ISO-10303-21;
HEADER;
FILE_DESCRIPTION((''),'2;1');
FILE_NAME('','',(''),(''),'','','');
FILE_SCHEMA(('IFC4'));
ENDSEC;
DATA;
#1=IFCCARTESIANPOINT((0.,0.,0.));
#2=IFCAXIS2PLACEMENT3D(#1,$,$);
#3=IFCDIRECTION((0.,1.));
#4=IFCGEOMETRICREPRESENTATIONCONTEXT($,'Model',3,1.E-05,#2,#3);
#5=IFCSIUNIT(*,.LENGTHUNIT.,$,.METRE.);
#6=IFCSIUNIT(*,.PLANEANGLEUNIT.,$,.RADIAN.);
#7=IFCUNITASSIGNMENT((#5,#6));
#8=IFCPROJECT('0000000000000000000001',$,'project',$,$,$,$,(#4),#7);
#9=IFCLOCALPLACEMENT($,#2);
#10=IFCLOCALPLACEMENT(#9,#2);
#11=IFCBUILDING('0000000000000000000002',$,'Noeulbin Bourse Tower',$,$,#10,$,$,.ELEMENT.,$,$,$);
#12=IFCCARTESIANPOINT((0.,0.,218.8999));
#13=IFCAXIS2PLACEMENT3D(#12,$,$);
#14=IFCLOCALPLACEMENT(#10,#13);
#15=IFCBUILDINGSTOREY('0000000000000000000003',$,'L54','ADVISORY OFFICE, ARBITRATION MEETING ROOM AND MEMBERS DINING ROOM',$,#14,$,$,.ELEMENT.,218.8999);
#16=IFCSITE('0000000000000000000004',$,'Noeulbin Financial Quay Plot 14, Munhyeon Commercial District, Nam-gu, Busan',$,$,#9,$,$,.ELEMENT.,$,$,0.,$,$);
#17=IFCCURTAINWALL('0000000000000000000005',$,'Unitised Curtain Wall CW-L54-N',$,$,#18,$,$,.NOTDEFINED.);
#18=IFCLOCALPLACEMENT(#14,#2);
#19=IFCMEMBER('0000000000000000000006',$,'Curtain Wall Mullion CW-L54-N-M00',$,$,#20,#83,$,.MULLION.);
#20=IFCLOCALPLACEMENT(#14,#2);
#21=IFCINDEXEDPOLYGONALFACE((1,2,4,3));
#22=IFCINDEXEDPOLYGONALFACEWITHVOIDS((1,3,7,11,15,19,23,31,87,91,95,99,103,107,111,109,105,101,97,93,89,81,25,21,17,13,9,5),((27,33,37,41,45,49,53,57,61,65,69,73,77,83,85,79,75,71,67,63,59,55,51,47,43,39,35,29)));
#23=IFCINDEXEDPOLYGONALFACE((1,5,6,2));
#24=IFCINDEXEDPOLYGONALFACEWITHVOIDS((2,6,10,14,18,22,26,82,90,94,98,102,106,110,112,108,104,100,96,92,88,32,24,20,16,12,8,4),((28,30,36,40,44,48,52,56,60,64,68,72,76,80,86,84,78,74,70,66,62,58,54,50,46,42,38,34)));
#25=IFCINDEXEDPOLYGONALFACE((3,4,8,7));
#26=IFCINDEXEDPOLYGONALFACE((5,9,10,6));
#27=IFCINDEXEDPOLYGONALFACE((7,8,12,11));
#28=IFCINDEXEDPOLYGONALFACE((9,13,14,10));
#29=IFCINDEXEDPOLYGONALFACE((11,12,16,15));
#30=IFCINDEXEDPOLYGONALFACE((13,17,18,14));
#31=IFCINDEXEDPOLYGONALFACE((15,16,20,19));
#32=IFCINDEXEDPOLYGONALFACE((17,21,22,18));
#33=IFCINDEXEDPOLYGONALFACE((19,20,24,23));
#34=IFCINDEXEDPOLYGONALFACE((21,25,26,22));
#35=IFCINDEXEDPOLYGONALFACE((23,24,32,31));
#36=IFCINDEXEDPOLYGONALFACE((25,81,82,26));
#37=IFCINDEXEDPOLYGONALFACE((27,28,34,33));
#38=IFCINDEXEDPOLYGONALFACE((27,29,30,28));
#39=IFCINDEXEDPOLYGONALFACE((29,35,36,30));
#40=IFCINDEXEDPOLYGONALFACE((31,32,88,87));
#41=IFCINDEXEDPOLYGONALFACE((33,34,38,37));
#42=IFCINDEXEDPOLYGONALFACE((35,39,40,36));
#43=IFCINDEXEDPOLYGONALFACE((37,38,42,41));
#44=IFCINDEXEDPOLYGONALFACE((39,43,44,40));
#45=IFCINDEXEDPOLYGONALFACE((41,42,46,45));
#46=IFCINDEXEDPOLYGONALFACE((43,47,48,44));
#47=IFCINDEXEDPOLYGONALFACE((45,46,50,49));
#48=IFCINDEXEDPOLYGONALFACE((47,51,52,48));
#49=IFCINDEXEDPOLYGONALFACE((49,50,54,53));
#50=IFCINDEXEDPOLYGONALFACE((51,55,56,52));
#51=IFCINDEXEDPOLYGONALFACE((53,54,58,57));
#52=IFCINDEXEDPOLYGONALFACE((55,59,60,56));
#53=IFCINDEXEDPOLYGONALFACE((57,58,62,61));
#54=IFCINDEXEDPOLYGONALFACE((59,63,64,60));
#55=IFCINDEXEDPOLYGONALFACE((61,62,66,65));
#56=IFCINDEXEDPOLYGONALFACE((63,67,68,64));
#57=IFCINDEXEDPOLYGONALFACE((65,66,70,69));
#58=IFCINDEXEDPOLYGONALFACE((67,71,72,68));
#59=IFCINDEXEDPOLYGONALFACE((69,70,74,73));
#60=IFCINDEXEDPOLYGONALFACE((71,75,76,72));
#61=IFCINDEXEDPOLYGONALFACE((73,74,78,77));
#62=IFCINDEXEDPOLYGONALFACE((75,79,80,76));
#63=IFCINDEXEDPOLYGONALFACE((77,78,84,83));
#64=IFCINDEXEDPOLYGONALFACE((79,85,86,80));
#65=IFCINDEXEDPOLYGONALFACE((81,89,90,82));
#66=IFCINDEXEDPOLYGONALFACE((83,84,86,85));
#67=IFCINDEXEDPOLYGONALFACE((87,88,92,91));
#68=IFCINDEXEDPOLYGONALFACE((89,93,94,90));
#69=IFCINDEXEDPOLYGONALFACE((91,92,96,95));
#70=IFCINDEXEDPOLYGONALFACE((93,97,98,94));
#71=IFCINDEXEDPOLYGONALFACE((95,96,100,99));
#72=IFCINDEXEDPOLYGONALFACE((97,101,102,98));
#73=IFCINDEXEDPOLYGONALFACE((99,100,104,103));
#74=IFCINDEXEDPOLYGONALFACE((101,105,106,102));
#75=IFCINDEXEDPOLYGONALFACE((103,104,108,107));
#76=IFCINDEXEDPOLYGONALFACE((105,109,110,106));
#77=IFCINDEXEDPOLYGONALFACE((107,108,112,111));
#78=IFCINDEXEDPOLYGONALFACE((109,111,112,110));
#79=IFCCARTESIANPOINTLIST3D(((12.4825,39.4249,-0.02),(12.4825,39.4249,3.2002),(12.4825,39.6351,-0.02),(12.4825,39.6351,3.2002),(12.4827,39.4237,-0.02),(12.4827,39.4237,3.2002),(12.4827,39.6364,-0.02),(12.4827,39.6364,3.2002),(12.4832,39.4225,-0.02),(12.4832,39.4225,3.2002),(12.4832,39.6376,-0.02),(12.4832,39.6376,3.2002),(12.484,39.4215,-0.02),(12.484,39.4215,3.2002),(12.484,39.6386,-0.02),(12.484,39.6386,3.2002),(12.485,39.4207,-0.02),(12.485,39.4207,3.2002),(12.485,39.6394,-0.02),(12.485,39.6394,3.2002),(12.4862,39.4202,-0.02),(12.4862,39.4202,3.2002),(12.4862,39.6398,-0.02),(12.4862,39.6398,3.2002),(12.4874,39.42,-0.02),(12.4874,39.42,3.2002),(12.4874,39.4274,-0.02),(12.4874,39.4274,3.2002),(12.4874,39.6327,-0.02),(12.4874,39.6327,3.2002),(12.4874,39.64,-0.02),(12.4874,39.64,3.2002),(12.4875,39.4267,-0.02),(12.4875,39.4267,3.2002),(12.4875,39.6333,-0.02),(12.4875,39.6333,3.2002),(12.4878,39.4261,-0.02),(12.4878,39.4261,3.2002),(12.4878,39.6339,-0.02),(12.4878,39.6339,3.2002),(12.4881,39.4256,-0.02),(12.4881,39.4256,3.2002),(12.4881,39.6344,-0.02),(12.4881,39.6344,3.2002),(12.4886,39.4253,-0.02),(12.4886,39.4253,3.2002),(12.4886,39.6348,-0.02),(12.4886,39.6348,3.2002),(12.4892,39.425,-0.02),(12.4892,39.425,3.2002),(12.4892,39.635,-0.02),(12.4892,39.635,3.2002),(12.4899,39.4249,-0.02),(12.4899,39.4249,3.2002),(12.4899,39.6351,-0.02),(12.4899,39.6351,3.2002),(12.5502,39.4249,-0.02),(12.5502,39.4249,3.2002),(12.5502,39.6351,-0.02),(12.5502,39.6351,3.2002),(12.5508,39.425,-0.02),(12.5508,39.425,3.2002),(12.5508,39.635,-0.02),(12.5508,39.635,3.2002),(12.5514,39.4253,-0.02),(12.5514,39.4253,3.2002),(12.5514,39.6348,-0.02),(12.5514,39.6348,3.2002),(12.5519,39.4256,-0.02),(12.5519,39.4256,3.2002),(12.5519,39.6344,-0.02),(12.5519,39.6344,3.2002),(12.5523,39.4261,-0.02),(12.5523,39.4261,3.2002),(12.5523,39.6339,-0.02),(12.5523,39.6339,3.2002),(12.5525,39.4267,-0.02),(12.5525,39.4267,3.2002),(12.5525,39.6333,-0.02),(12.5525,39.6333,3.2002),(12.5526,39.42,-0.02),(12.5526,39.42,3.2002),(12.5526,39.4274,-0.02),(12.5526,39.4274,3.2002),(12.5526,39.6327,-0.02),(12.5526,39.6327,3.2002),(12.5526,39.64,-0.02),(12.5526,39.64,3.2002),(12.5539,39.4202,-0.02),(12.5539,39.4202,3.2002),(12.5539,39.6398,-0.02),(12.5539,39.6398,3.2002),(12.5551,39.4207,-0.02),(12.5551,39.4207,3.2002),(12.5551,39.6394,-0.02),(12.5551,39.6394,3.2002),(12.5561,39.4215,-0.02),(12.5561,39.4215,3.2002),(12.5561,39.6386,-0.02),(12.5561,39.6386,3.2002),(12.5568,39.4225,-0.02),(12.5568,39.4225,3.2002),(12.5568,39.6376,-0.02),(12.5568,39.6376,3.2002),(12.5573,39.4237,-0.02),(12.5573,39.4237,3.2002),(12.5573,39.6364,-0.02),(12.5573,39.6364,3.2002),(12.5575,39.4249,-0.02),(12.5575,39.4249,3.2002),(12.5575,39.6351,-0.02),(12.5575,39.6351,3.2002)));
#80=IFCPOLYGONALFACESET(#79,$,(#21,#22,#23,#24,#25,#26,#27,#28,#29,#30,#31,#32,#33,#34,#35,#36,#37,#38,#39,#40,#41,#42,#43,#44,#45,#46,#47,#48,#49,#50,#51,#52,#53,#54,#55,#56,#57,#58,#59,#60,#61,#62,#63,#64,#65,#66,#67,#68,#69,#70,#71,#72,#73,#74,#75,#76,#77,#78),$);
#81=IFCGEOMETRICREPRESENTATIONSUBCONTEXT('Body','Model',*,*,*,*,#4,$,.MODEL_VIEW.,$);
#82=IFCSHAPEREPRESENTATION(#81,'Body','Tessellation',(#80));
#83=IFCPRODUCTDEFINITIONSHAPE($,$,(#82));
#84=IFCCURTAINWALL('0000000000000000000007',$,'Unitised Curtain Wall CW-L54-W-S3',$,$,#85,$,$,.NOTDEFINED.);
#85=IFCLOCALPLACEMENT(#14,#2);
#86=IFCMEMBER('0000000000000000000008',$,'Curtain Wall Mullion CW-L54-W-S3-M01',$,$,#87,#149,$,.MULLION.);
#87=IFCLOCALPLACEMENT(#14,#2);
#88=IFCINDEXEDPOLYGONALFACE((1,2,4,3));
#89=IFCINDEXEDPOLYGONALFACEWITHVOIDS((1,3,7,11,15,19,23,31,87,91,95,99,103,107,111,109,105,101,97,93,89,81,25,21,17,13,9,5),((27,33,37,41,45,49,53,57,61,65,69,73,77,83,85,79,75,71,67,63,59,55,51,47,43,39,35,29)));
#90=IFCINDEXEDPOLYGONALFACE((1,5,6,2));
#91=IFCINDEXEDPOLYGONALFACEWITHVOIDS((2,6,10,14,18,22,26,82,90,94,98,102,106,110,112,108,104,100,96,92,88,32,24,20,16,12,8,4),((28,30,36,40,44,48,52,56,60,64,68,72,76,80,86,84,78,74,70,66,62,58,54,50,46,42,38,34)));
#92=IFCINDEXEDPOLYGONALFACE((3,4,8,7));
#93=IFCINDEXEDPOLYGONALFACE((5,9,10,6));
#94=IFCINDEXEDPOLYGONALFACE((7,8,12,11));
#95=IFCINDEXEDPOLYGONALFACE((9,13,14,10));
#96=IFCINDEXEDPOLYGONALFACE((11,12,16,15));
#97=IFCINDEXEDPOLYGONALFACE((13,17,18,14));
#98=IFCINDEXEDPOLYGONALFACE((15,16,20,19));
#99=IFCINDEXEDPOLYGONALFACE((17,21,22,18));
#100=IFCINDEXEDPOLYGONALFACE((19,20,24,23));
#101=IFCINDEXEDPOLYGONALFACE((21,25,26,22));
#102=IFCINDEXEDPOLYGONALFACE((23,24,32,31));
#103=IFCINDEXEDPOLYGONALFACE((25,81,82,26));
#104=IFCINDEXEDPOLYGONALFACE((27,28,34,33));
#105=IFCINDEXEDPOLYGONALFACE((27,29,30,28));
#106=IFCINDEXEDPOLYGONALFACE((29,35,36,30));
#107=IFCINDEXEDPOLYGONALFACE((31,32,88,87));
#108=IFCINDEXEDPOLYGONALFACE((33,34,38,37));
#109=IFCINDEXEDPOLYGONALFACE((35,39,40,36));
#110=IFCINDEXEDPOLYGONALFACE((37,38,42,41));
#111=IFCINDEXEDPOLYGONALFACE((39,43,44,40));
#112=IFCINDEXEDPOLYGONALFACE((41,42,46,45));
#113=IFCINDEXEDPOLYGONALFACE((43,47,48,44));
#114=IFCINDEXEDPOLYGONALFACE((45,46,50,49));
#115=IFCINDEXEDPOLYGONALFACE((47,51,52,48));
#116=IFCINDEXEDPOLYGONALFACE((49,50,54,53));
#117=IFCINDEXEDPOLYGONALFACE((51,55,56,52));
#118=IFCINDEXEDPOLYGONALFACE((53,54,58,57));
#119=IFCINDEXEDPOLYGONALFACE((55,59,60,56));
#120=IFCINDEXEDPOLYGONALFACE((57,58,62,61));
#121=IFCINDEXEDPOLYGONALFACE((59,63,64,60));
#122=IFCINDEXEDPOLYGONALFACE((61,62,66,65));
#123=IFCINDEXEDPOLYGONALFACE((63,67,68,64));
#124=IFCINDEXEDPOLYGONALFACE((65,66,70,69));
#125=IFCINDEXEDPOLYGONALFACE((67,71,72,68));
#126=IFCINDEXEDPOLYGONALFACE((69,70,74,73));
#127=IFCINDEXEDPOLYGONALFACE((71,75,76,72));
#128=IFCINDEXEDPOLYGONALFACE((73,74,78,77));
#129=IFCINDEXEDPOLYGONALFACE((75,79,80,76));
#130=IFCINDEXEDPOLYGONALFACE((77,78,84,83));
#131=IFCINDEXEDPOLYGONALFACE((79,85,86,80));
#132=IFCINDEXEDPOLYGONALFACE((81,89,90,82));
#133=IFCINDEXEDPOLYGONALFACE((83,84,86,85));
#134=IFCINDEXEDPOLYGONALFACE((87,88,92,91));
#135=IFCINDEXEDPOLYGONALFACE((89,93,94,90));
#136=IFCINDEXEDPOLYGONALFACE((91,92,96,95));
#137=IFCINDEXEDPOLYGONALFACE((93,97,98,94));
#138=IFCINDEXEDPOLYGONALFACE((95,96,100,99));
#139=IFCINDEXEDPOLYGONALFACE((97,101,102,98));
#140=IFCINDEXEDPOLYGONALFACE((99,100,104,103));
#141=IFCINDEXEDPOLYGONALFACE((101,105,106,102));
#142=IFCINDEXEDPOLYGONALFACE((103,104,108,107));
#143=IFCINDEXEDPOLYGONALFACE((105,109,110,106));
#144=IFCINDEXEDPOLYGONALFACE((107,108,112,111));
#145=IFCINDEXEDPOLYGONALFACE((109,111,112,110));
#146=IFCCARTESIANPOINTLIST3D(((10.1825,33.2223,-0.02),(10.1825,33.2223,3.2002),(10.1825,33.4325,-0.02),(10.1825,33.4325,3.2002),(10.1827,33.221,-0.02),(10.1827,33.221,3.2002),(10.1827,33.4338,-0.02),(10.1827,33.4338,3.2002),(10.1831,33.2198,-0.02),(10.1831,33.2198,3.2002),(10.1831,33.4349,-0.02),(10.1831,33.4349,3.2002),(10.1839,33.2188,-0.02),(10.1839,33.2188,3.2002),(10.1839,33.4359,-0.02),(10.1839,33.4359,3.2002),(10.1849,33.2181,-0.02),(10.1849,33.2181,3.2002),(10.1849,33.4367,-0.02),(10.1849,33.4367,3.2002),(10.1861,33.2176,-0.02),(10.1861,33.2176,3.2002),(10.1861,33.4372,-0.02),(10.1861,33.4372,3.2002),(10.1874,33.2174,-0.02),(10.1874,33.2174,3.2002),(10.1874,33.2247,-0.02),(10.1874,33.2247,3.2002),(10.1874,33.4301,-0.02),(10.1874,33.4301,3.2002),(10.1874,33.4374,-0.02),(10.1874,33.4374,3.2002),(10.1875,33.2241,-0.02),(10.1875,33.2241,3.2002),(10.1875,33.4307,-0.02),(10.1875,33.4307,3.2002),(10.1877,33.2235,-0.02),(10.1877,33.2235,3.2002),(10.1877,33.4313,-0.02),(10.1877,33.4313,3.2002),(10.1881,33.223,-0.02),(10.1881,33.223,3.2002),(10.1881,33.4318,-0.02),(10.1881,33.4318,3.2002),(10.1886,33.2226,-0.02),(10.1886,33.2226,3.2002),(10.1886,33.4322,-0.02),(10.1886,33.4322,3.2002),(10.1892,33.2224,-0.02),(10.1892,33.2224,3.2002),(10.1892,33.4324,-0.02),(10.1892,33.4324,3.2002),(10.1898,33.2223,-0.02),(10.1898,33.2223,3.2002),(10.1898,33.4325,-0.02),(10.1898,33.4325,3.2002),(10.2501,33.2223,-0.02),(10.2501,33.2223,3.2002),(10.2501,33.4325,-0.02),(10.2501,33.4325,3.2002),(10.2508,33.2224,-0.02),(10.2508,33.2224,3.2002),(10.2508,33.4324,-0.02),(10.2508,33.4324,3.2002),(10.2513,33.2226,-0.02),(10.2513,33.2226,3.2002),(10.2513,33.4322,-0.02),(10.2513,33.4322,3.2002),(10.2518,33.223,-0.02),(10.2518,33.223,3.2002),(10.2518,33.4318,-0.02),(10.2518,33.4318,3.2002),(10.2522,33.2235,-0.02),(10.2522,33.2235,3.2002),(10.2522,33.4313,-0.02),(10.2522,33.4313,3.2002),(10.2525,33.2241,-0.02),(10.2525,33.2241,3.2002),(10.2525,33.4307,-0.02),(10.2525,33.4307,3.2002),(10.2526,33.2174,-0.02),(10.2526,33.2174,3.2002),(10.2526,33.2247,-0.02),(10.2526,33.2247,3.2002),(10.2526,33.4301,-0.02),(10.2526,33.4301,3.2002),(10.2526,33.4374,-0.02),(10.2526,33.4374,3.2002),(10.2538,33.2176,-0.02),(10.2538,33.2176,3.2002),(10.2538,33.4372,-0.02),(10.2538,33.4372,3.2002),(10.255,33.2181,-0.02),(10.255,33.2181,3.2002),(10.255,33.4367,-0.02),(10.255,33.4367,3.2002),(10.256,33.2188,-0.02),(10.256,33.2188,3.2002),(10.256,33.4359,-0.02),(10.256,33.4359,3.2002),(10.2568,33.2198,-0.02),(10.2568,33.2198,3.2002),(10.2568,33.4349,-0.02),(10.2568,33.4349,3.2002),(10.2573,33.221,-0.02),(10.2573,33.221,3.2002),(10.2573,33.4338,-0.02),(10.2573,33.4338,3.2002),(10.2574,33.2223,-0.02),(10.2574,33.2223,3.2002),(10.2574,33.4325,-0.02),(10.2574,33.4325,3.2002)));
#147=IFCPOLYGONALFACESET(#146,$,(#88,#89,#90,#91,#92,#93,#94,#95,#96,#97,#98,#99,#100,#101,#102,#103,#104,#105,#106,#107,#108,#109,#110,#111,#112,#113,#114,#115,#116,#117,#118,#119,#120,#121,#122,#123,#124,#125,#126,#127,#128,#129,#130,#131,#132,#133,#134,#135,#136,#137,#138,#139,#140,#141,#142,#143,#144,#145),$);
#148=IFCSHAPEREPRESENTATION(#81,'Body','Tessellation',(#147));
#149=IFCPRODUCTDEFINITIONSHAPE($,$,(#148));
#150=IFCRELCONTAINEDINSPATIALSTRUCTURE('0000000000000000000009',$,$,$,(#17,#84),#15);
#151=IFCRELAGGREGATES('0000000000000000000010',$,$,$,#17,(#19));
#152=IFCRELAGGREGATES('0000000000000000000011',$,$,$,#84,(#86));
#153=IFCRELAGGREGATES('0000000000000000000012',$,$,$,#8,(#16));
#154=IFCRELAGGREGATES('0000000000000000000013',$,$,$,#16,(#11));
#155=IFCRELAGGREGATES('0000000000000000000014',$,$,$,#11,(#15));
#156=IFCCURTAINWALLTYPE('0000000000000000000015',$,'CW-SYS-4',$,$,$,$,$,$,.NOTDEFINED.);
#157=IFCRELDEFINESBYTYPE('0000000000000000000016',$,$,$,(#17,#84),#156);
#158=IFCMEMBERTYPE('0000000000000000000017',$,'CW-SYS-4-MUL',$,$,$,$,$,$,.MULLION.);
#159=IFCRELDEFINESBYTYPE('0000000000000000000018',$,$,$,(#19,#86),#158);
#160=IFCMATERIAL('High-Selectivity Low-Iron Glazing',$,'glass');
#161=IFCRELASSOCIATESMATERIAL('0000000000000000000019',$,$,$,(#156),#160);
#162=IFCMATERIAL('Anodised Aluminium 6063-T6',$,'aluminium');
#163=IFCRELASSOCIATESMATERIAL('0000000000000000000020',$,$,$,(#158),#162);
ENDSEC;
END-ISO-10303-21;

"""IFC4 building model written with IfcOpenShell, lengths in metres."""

from ifc_helpers import new_model, si_unit, direction, frame, origin, origin_2d, place, context, subcontext, project, spatial, hollow_rectangle, extrude, material, material_profile, profile_set, type_object, element, aggregate, save


model = new_model("IFC4")

# Units and contexts
model_context = context("Model", 3, precision=1e-05, world=origin(), true_north=direction((0.0, 1.0)))
body_context = subcontext(model_context, "Body", "Model", "MODEL_VIEW")
ifc_project = project(units=[si_unit("LENGTHUNIT", "METRE"), si_unit("PLANEANGLEUNIT", "RADIAN")], contexts=[model_context])

# Site, building, storey
site_placement = place(None, origin())
site = spatial("IfcSite", under=ifc_project, at=site_placement, Name="Noeulbin Financial Quay Plot 14, Munhyeon Commercial District, Nam-gu, Busan", CompositionType="ELEMENT", RefElevation=0.0)
building_placement = place(site_placement, origin())
building = spatial("IfcBuilding", under=site, at=building_placement, Name="Noeulbin Bourse Tower", CompositionType="ELEMENT")
storey_placement = place(building_placement, frame((0.0, 0.0, 218.8999)))
storey = spatial("IfcBuildingStorey", under=building, at=storey_placement, Name="L54", Description="ADVISORY OFFICE, ARBITRATION MEETING ROOM AND MEMBERS DINING ROOM", CompositionType="ELEMENT", Elevation=218.8999)

# Curtain wall, member
ifc_material_1 = material(Name="High-Selectivity Low-Iron Glazing", Category="glass")
curtain_wall_type = type_object("IfcCurtainWallType", Name="CW-SYS-4", PredefinedType="NOTDEFINED", material=ifc_material_1)
curtain_wall_1_placement = place(storey_placement, origin())
curtain_wall_1 = element("IfcCurtainWall", 1, at=curtain_wall_1_placement, inside=storey, type_object=curtain_wall_type, Name="Unitised Curtain Wall CW-L54-N", PredefinedType="NOTDEFINED")
ifc_material_2 = material(Name="Anodised Aluminium 6063-T6", Category="aluminium")
ifc_material_profile_1 = material_profile(ifc_material_2, hollow_rectangle(XDim=0.075, YDim=0.22, WallThickness=0.0049, InnerFilletRadius=0.0024, OuterFilletRadius=0.0049, at=origin_2d()), Name="ALU-MULL-75x220x5", Category="LoadBearing")
ifc_profile_set_1 = profile_set([ifc_material_profile_1], Name="Anodised Aluminium 6063-T6")
member_type_1 = type_object("IfcMemberType", Name="CW-SYS-4-MUL", PredefinedType="MULLION", material=ifc_profile_set_1)
member_1_placement = place(storey_placement, frame((12.52, 39.53, -0.02), z_axis=(0.0, 0.0, 1.0), x_axis=(1.0, 0.0, 0.0)))
member_1 = element("IfcMember", 2, at=member_1_placement, type_object=member_type_1, Name="Curtain Wall Mullion CW-L54-N-M00", PredefinedType="MULLION", context=body_context, shape_type="SweptSolid", body=[
    extrude(hollow_rectangle(XDim=0.075, YDim=0.22, WallThickness=0.0049, InnerFilletRadius=0.0024, OuterFilletRadius=0.0049, at=origin_2d()), origin(), (0.0, 0.0, 1.0), 3.2202),
])

# Curtain wall, member
curtain_wall_2_placement = place(storey_placement, origin())
curtain_wall_2 = element("IfcCurtainWall", 3, at=curtain_wall_2_placement, inside=storey, type_object=curtain_wall_type, Name="Unitised Curtain Wall CW-L54-W-S3", PredefinedType="NOTDEFINED")
member_2_placement = place(storey_placement, frame((10.22, 33.3274, -0.02), z_axis=(0.0, 0.0, 1.0), x_axis=(1.0, 0.0, 0.0)))
member_2 = element("IfcMember", 4, at=member_2_placement, type_object=member_type_1, Name="Curtain Wall Mullion CW-L54-W-S3-M01", PredefinedType="MULLION", context=body_context, shape_type="SweptSolid", body=[
    extrude(hollow_rectangle(XDim=0.075, YDim=0.22, WallThickness=0.0049, InnerFilletRadius=0.0024, OuterFilletRadius=0.0049, at=origin_2d()), origin(), (0.0, 0.0, 1.0), 3.2202),
])

aggregate(curtain_wall_1, [member_1])
aggregate(curtain_wall_2, [member_2])

save(model, "model.ifc")
